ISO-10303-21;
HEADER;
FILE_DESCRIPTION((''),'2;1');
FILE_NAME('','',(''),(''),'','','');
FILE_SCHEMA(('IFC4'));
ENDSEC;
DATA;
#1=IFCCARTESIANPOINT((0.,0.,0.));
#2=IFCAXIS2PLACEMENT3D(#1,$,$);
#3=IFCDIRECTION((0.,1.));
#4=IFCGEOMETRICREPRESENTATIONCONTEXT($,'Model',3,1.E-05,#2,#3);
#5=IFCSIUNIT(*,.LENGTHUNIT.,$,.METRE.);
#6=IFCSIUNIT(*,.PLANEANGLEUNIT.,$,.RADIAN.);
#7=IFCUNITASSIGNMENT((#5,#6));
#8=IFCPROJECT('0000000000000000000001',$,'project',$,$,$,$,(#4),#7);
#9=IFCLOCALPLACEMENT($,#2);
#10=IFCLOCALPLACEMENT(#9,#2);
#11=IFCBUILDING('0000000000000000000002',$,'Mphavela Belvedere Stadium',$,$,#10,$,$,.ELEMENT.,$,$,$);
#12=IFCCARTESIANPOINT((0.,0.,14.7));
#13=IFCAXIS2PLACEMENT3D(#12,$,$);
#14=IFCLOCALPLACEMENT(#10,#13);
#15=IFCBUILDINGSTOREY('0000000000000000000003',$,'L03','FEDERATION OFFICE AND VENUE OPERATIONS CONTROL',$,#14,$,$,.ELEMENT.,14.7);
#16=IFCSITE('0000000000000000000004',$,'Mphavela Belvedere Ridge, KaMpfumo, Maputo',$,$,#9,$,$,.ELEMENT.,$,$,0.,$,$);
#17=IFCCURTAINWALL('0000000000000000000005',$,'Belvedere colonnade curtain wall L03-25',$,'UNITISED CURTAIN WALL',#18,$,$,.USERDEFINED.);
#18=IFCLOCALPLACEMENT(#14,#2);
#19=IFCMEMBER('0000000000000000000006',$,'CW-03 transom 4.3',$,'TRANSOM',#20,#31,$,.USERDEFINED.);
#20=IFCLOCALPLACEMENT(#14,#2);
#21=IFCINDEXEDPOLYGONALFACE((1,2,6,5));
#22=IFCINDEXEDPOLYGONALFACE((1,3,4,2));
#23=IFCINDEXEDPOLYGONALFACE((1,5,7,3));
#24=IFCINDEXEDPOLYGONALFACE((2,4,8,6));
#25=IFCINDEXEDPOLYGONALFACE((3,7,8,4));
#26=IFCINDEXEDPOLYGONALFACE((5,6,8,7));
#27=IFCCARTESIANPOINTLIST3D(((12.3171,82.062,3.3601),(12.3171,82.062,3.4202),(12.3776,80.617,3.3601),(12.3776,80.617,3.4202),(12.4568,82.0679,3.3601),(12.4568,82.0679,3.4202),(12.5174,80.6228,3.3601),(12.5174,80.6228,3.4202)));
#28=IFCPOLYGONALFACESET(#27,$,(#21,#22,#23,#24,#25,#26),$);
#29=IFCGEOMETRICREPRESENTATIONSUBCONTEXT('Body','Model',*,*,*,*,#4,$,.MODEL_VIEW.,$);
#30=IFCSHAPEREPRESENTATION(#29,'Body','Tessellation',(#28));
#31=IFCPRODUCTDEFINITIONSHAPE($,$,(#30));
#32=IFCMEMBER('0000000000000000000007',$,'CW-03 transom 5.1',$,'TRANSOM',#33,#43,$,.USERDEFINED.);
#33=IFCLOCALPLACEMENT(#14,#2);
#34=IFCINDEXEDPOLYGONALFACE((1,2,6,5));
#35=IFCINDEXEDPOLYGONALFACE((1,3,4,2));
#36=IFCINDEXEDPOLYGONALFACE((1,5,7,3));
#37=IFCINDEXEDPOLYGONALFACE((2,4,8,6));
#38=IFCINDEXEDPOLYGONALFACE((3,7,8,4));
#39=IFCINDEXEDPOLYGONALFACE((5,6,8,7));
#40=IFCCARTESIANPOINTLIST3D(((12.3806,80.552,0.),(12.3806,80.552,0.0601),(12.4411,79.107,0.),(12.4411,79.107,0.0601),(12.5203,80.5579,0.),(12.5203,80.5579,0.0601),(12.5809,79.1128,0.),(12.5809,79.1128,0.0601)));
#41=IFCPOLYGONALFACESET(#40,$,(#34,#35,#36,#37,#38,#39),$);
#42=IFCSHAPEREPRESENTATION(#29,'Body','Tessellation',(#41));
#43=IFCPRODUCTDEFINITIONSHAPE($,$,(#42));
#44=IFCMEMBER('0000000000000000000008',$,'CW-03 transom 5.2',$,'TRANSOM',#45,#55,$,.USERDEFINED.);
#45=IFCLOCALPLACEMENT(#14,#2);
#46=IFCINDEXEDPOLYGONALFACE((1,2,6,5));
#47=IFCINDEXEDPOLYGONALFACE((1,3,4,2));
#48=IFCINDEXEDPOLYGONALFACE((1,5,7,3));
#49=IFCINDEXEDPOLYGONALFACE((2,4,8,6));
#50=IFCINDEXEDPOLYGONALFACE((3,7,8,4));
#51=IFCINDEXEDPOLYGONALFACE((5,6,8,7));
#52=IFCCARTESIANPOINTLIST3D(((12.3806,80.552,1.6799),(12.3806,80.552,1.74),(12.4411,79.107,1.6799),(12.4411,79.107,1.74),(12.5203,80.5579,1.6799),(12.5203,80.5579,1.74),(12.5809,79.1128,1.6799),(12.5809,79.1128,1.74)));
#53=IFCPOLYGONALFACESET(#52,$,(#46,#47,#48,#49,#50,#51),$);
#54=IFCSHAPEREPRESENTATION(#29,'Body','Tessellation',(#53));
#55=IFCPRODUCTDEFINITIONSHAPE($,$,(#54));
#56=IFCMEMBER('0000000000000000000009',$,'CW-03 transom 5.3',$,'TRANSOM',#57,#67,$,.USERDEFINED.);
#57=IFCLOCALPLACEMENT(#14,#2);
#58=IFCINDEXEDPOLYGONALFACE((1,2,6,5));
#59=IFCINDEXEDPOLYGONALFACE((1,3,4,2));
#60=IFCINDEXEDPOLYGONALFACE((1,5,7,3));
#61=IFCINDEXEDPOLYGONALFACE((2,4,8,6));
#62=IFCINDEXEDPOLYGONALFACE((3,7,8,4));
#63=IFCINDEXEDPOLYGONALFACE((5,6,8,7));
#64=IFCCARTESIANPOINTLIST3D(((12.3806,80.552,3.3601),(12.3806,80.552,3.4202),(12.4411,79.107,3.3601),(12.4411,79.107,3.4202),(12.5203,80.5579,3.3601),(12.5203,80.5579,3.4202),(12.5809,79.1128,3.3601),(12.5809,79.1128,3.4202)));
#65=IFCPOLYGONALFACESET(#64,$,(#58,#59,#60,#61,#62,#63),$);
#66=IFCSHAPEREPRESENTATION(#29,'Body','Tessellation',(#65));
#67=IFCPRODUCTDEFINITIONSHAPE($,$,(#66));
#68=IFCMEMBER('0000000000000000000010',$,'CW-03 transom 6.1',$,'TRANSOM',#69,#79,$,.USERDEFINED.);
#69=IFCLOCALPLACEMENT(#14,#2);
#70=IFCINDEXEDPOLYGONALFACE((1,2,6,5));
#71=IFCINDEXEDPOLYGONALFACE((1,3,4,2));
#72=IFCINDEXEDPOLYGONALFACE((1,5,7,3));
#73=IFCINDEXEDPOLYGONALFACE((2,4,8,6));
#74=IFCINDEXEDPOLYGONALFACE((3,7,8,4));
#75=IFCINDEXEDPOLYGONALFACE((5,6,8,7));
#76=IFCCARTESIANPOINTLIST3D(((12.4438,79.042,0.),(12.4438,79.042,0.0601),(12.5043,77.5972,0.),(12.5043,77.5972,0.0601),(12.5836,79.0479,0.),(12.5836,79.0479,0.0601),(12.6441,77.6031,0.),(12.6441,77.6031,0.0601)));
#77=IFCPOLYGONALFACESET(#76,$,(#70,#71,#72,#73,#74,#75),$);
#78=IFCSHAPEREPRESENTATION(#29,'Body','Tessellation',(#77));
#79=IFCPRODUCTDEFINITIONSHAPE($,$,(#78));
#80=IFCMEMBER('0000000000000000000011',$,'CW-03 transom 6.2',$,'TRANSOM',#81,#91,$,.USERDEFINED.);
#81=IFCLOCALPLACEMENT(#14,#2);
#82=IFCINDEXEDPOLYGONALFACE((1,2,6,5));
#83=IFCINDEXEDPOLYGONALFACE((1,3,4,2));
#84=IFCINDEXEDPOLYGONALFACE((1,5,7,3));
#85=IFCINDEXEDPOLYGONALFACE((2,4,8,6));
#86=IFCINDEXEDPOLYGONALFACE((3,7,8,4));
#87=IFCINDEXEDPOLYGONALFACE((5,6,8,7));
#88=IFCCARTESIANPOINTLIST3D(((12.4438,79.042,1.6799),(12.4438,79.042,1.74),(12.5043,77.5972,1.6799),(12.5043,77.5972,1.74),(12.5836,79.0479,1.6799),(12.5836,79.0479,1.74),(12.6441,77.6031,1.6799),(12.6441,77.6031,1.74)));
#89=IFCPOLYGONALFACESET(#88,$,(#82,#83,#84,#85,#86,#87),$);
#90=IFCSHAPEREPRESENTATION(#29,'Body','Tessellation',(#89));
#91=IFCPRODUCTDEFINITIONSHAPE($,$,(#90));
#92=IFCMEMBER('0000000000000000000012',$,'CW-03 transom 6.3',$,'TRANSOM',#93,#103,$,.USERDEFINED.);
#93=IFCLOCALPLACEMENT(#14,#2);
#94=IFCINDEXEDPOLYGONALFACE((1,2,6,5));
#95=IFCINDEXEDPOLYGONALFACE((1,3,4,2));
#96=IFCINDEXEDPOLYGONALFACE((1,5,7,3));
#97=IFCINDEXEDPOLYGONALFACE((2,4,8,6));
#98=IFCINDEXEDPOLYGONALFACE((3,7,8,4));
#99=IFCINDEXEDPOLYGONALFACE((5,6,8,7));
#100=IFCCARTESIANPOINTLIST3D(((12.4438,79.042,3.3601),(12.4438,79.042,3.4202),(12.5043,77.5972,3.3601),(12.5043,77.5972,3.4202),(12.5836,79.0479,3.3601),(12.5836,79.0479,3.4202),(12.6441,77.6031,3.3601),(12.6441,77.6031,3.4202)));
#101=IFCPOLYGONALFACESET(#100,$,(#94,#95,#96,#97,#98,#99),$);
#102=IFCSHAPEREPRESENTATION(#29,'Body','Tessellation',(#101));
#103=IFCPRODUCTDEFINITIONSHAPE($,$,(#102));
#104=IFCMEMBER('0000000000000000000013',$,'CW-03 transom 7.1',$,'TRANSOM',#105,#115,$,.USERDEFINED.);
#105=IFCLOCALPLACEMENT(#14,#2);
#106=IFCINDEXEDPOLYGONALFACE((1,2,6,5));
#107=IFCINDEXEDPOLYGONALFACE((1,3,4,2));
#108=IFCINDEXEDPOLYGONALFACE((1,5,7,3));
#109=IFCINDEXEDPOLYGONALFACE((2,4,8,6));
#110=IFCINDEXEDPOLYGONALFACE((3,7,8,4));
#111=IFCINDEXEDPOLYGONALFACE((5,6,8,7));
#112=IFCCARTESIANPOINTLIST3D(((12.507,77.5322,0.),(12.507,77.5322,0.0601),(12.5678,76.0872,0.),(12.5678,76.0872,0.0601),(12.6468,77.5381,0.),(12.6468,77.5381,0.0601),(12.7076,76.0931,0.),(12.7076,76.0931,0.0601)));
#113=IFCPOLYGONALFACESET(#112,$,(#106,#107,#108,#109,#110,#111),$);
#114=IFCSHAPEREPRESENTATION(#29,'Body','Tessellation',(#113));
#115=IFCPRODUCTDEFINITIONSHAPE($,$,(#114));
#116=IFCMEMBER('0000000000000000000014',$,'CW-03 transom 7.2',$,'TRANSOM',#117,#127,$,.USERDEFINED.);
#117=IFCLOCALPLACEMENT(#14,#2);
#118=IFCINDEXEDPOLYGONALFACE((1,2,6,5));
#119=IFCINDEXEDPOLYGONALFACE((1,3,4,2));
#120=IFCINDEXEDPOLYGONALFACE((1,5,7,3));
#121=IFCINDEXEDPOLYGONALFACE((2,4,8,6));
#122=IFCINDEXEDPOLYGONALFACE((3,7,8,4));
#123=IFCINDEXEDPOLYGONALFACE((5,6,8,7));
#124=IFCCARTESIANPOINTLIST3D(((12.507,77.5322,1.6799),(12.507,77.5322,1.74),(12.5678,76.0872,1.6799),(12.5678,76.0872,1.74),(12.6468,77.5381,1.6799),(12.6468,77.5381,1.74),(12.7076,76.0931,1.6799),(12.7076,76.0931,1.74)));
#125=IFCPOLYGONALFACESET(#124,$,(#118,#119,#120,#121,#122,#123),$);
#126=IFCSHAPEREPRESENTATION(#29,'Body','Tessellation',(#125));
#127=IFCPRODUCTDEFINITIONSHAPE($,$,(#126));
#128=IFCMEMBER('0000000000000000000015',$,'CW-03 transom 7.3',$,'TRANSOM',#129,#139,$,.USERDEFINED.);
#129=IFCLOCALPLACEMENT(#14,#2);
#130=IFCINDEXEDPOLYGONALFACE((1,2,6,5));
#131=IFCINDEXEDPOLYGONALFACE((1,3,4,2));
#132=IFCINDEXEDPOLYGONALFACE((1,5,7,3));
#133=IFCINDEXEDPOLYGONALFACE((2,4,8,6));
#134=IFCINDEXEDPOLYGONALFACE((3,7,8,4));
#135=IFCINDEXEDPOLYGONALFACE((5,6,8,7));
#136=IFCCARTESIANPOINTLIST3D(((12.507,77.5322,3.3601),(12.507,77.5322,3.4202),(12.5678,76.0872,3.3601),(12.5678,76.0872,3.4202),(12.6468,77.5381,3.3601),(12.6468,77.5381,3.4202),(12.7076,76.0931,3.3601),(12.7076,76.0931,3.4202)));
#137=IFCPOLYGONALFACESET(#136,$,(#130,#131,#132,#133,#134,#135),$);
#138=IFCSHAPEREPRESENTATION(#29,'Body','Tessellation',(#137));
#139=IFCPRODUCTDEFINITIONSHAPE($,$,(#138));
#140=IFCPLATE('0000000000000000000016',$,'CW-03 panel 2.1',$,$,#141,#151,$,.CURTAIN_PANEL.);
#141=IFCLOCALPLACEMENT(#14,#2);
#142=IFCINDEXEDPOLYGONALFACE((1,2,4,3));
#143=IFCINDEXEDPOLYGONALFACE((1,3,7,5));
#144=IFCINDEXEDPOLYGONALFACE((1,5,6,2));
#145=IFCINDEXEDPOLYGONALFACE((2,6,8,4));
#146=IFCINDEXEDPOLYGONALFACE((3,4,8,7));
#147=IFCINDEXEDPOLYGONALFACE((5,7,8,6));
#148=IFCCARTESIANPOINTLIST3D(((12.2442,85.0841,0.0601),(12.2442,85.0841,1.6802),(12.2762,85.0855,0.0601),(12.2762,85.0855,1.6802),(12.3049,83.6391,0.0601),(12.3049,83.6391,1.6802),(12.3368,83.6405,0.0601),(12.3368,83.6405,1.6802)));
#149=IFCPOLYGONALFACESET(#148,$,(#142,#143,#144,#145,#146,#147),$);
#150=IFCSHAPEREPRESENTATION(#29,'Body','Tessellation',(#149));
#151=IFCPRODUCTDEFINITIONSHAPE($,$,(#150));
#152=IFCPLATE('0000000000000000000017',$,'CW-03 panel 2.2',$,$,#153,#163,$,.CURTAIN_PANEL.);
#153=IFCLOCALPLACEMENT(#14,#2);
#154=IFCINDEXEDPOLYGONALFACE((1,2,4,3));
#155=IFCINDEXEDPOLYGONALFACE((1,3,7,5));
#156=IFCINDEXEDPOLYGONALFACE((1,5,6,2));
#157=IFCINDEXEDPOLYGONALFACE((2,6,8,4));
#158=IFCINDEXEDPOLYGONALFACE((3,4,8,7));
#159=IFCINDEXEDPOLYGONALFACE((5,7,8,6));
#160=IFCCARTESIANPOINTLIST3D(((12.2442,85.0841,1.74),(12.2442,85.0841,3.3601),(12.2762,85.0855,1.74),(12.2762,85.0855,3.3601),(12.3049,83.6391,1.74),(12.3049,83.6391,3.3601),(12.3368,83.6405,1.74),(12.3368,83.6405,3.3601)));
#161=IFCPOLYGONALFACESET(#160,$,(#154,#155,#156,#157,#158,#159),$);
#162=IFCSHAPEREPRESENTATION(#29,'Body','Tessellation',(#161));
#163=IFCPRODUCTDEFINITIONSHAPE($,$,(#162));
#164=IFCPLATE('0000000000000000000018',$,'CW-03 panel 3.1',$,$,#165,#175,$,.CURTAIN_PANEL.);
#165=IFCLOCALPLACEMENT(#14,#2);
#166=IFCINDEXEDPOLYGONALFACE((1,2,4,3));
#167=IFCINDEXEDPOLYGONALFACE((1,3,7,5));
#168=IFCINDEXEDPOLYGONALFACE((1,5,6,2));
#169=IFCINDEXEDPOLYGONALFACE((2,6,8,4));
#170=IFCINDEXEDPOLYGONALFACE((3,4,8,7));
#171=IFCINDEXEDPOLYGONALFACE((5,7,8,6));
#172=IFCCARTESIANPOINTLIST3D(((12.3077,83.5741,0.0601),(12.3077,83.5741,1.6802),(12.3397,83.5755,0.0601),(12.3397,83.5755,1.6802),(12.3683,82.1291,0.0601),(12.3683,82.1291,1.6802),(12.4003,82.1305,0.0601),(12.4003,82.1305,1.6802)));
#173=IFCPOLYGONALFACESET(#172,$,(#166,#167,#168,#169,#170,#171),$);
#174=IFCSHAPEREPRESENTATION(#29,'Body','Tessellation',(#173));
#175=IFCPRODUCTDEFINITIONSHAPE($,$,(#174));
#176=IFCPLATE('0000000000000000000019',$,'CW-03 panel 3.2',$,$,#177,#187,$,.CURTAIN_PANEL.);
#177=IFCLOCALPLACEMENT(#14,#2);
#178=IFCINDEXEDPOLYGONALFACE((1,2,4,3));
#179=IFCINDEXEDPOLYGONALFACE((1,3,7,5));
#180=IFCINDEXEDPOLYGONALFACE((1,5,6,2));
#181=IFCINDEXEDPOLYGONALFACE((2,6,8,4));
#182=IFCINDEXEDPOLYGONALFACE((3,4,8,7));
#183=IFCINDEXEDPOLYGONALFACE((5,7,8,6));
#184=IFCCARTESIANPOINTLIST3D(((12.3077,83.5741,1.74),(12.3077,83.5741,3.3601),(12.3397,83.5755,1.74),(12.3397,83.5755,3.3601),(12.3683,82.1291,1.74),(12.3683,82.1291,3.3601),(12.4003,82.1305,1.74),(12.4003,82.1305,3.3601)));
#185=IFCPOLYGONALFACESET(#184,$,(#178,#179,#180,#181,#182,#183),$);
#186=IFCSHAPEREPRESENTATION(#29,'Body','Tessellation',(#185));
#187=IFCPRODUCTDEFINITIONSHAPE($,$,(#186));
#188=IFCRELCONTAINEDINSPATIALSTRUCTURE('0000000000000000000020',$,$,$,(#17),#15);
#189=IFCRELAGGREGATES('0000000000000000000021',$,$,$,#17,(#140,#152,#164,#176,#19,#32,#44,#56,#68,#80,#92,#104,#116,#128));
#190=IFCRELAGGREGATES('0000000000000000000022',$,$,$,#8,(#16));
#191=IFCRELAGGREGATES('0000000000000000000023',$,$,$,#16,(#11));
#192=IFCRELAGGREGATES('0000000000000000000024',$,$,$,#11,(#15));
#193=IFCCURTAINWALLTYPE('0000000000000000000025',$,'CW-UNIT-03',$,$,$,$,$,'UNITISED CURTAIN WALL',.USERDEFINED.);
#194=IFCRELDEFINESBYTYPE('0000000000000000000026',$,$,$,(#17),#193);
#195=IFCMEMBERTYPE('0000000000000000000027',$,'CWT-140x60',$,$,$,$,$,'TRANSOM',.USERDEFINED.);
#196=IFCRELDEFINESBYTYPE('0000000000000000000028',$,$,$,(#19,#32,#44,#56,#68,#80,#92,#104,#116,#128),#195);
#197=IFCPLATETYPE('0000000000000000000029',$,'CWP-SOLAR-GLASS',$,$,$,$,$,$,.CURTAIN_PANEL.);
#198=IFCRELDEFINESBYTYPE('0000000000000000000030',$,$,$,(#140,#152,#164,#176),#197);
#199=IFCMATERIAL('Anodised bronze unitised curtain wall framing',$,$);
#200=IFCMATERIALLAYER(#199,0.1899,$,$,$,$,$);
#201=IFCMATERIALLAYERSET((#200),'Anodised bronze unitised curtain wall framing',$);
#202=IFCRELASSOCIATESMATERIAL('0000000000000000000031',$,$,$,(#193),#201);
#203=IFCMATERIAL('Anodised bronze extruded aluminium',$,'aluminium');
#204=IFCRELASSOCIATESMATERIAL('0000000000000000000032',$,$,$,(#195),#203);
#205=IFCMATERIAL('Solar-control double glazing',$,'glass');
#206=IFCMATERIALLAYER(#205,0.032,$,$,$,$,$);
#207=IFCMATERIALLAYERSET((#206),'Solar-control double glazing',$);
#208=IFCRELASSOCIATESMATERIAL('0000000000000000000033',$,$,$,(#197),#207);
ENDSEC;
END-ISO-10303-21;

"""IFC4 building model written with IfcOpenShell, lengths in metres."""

from ifc_helpers import new_model, si_unit, direction, frame, origin, origin_2d, place, context, subcontext, project, spatial, rectangle, extrude, material, layer, layer_set, material_profile, profile_set, type_object, element, aggregate, save


model = new_model("IFC4")

# Units and contexts
model_context = context("Model", 3, precision=1e-05, world=origin(), true_north=direction((0.0, 1.0)))
body_context = subcontext(model_context, "Body", "Model", "MODEL_VIEW")
ifc_project = project(units=[si_unit("LENGTHUNIT", "METRE"), si_unit("PLANEANGLEUNIT", "RADIAN")], contexts=[model_context])

# Site, building, storey
site_placement = place(None, origin())
site = spatial("IfcSite", under=ifc_project, at=site_placement, Name="Mphavela Belvedere Ridge, KaMpfumo, Maputo", CompositionType="ELEMENT", RefElevation=0.0)
building_placement = place(site_placement, origin())
building = spatial("IfcBuilding", under=site, at=building_placement, Name="Mphavela Belvedere Stadium", CompositionType="ELEMENT")
storey_placement = place(building_placement, frame((0.0, 0.0, 14.7)))
storey = spatial("IfcBuildingStorey", under=building, at=storey_placement, Name="L03", Description="FEDERATION OFFICE AND VENUE OPERATIONS CONTROL", CompositionType="ELEMENT", Elevation=14.7)

# Curtain wall, members, plates
ifc_material_1 = material(Name="Anodised bronze unitised curtain wall framing")
ifc_layer_1 = layer(ifc_material_1, 0.1899)
ifc_layer_set_1 = layer_set([ifc_layer_1], Name="Anodised bronze unitised curtain wall framing")
curtain_wall_type = type_object("IfcCurtainWallType", Name="CW-UNIT-03", ElementType="UNITISED CURTAIN WALL", PredefinedType="USERDEFINED", material=ifc_layer_set_1)
curtain_wall_placement = place(storey_placement, origin())
curtain_wall = element("IfcCurtainWall", 1, at=curtain_wall_placement, inside=storey, type_object=curtain_wall_type, Name="Belvedere colonnade curtain wall L03-25", ObjectType="UNITISED CURTAIN WALL", PredefinedType="USERDEFINED")
ifc_material_2 = material(Name="Anodised bronze extruded aluminium", Category="aluminium")
ifc_material_profile_1 = material_profile(ifc_material_2, rectangle(XDim=0.1399, YDim=0.0601, at=origin_2d()), Name="CW-TRN 140x60")
ifc_profile_set_1 = profile_set([ifc_material_profile_1], Name="Anodised bronze extruded aluminium")
member_type_1 = type_object("IfcMemberType", Name="CWT-140x60", ElementType="TRANSOM", PredefinedType="USERDEFINED", material=ifc_profile_set_1)
member_1_placement = place(storey_placement, frame((12.387, 82.0649, 3.3901), z_axis=(0.041862, -0.999123, 0.0), x_axis=(0.999123, 0.041862, 0.0)))
member_1 = element("IfcMember", 2, at=member_1_placement, type_object=member_type_1, Name="CW-03 transom 4.3", ObjectType="TRANSOM", PredefinedType="USERDEFINED", context=body_context, shape_type="SweptSolid", body=[
    extrude(rectangle(XDim=0.1399, YDim=0.0601, at=origin_2d()), origin(), (0.0, 0.0, 1.0), 1.4463),
])
member_2_placement = place(storey_placement, frame((12.4504, 80.5549, 0.03), z_axis=(0.041862, -0.999123, 0.0), x_axis=(0.999123, 0.041862, 0.0)))
member_2 = element("IfcMember", 3, at=member_2_placement, type_object=member_type_1, Name="CW-03 transom 5.1", ObjectType="TRANSOM", PredefinedType="USERDEFINED", context=body_context, shape_type="SweptSolid", body=[
    extrude(rectangle(XDim=0.1399, YDim=0.0601, at=origin_2d()), origin(), (0.0, 0.0, 1.0), 1.4463),
])
member_3_placement = place(storey_placement, frame((12.4504, 80.5549, 1.71), z_axis=(0.041862, -0.999123, 0.0), x_axis=(0.999123, 0.041862, 0.0)))
member_3 = element("IfcMember", 4, at=member_3_placement, type_object=member_type_1, Name="CW-03 transom 5.2", ObjectType="TRANSOM", PredefinedType="USERDEFINED", context=body_context, shape_type="SweptSolid", body=[
    extrude(rectangle(XDim=0.1399, YDim=0.0601, at=origin_2d()), origin(), (0.0, 0.0, 1.0), 1.4463),
])
member_4_placement = place(storey_placement, frame((12.4504, 80.5549, 3.3901), z_axis=(0.041862, -0.999123, 0.0), x_axis=(0.999123, 0.041862, 0.0)))
member_4 = element("IfcMember", 5, at=member_4_placement, type_object=member_type_1, Name="CW-03 transom 5.3", ObjectType="TRANSOM", PredefinedType="USERDEFINED", context=body_context, shape_type="SweptSolid", body=[
    extrude(rectangle(XDim=0.1399, YDim=0.0601, at=origin_2d()), origin(), (0.0, 0.0, 1.0), 1.4463),
])
member_5_placement = place(storey_placement, frame((12.5137, 79.0449, 0.03), z_axis=(0.041869, -0.999123, 0.0), x_axis=(0.999123, 0.041869, 0.0)))
member_5 = element("IfcMember", 6, at=member_5_placement, type_object=member_type_1, Name="CW-03 transom 6.1", ObjectType="TRANSOM", PredefinedType="USERDEFINED", context=body_context, shape_type="SweptSolid", body=[
    extrude(rectangle(XDim=0.1399, YDim=0.0601, at=origin_2d()), origin(), (0.0, 0.0, 1.0), 1.446),
])
member_6_placement = place(storey_placement, frame((12.5137, 79.0449, 1.71), z_axis=(0.041869, -0.999123, 0.0), x_axis=(0.999123, 0.041869, 0.0)))
member_6 = element("IfcMember", 7, at=member_6_placement, type_object=member_type_1, Name="CW-03 transom 6.2", ObjectType="TRANSOM", PredefinedType="USERDEFINED", context=body_context, shape_type="SweptSolid", body=[
    extrude(rectangle(XDim=0.1399, YDim=0.0601, at=origin_2d()), origin(), (0.0, 0.0, 1.0), 1.446),
])
member_7_placement = place(storey_placement, frame((12.5137, 79.0449, 3.3901), z_axis=(0.041869, -0.999123, 0.0), x_axis=(0.999123, 0.041869, 0.0)))
member_7 = element("IfcMember", 8, at=member_7_placement, type_object=member_type_1, Name="CW-03 transom 6.3", ObjectType="TRANSOM", PredefinedType="USERDEFINED", context=body_context, shape_type="SweptSolid", body=[
    extrude(rectangle(XDim=0.1399, YDim=0.0601, at=origin_2d()), origin(), (0.0, 0.0, 1.0), 1.446),
])
member_8_placement = place(storey_placement, frame((12.5769, 77.5352, 0.03), z_axis=(0.042031, -0.999116, 0.0), x_axis=(0.999116, 0.042031, 0.0)))
member_8 = element("IfcMember", 9, at=member_8_placement, type_object=member_type_1, Name="CW-03 transom 7.1", ObjectType="TRANSOM", PredefinedType="USERDEFINED", context=body_context, shape_type="SweptSolid", body=[
    extrude(rectangle(XDim=0.1399, YDim=0.0601, at=origin_2d()), origin(), (0.0, 0.0, 1.0), 1.4463),
])
member_9_placement = place(storey_placement, frame((12.5769, 77.5352, 1.71), z_axis=(0.042031, -0.999116, 0.0), x_axis=(0.999116, 0.042031, 0.0)))
member_9 = element("IfcMember", 10, at=member_9_placement, type_object=member_type_1, Name="CW-03 transom 7.2", ObjectType="TRANSOM", PredefinedType="USERDEFINED", context=body_context, shape_type="SweptSolid", body=[
    extrude(rectangle(XDim=0.1399, YDim=0.0601, at=origin_2d()), origin(), (0.0, 0.0, 1.0), 1.4463),
])
member_10_placement = place(storey_placement, frame((12.5769, 77.5352, 3.3901), z_axis=(0.042031, -0.999116, 0.0), x_axis=(0.999116, 0.042031, 0.0)))
member_10 = element("IfcMember", 11, at=member_10_placement, type_object=member_type_1, Name="CW-03 transom 7.3", ObjectType="TRANSOM", PredefinedType="USERDEFINED", context=body_context, shape_type="SweptSolid", body=[
    extrude(rectangle(XDim=0.1399, YDim=0.0601, at=origin_2d()), origin(), (0.0, 0.0, 1.0), 1.4463),
])
ifc_material_3 = material(Name="Solar-control double glazing", Category="glass")
ifc_layer_2 = layer(ifc_material_3, 0.032)
ifc_layer_set_2 = layer_set([ifc_layer_2], Name="Solar-control double glazing")
plate_type = type_object("IfcPlateType", Name="CWP-SOLAR-GLASS", PredefinedType="CURTAIN_PANEL", material=ifc_layer_set_2)
plate_1_placement = place(storey_placement, frame((12.2905, 84.3623, 0.0601), z_axis=(0.0, 0.0, 1.0), x_axis=(0.041911, -0.999121, 0.0)))
plate_1 = element("IfcPlate", 12, at=plate_1_placement, type_object=plate_type, Name="CW-03 panel 2.1", PredefinedType="CURTAIN_PANEL", context=body_context, shape_type="SweptSolid", body=[
    extrude(rectangle(XDim=1.4463, YDim=0.032, at=origin_2d()), origin(), (0.0, 0.0, 1.0), 1.6201),
])
plate_2_placement = place(storey_placement, frame((12.2905, 84.3623, 1.74), z_axis=(0.0, 0.0, 1.0), x_axis=(0.041911, -0.999121, 0.0)))
plate_2 = element("IfcPlate", 13, at=plate_2_placement, type_object=plate_type, Name="CW-03 panel 2.2", PredefinedType="CURTAIN_PANEL", context=body_context, shape_type="SweptSolid", body=[
    extrude(rectangle(XDim=1.4463, YDim=0.032, at=origin_2d()), origin(), (0.0, 0.0, 1.0), 1.6201),
])
plate_3_placement = place(storey_placement, frame((12.354, 82.8523, 0.0601), z_axis=(0.0, 0.0, 1.0), x_axis=(0.041911, -0.999121, 0.0)))
plate_3 = element("IfcPlate", 14, at=plate_3_placement, type_object=plate_type, Name="CW-03 panel 3.1", PredefinedType="CURTAIN_PANEL", context=body_context, shape_type="SweptSolid", body=[
    extrude(rectangle(XDim=1.4463, YDim=0.032, at=origin_2d()), origin(), (0.0, 0.0, 1.0), 1.6201),
])
plate_4_placement = place(storey_placement, frame((12.354, 82.8523, 1.74), z_axis=(0.0, 0.0, 1.0), x_axis=(0.041911, -0.999121, 0.0)))
plate_4 = element("IfcPlate", 15, at=plate_4_placement, type_object=plate_type, Name="CW-03 panel 3.2", PredefinedType="CURTAIN_PANEL", context=body_context, shape_type="SweptSolid", body=[
    extrude(rectangle(XDim=1.4463, YDim=0.032, at=origin_2d()), origin(), (0.0, 0.0, 1.0), 1.6201),
])
aggregate(curtain_wall, [plate_1, plate_2, plate_3, plate_4, member_1, member_2, member_3, member_4, member_5, member_6, member_7, member_8, member_9, member_10])

save(model, "model.ifc")
